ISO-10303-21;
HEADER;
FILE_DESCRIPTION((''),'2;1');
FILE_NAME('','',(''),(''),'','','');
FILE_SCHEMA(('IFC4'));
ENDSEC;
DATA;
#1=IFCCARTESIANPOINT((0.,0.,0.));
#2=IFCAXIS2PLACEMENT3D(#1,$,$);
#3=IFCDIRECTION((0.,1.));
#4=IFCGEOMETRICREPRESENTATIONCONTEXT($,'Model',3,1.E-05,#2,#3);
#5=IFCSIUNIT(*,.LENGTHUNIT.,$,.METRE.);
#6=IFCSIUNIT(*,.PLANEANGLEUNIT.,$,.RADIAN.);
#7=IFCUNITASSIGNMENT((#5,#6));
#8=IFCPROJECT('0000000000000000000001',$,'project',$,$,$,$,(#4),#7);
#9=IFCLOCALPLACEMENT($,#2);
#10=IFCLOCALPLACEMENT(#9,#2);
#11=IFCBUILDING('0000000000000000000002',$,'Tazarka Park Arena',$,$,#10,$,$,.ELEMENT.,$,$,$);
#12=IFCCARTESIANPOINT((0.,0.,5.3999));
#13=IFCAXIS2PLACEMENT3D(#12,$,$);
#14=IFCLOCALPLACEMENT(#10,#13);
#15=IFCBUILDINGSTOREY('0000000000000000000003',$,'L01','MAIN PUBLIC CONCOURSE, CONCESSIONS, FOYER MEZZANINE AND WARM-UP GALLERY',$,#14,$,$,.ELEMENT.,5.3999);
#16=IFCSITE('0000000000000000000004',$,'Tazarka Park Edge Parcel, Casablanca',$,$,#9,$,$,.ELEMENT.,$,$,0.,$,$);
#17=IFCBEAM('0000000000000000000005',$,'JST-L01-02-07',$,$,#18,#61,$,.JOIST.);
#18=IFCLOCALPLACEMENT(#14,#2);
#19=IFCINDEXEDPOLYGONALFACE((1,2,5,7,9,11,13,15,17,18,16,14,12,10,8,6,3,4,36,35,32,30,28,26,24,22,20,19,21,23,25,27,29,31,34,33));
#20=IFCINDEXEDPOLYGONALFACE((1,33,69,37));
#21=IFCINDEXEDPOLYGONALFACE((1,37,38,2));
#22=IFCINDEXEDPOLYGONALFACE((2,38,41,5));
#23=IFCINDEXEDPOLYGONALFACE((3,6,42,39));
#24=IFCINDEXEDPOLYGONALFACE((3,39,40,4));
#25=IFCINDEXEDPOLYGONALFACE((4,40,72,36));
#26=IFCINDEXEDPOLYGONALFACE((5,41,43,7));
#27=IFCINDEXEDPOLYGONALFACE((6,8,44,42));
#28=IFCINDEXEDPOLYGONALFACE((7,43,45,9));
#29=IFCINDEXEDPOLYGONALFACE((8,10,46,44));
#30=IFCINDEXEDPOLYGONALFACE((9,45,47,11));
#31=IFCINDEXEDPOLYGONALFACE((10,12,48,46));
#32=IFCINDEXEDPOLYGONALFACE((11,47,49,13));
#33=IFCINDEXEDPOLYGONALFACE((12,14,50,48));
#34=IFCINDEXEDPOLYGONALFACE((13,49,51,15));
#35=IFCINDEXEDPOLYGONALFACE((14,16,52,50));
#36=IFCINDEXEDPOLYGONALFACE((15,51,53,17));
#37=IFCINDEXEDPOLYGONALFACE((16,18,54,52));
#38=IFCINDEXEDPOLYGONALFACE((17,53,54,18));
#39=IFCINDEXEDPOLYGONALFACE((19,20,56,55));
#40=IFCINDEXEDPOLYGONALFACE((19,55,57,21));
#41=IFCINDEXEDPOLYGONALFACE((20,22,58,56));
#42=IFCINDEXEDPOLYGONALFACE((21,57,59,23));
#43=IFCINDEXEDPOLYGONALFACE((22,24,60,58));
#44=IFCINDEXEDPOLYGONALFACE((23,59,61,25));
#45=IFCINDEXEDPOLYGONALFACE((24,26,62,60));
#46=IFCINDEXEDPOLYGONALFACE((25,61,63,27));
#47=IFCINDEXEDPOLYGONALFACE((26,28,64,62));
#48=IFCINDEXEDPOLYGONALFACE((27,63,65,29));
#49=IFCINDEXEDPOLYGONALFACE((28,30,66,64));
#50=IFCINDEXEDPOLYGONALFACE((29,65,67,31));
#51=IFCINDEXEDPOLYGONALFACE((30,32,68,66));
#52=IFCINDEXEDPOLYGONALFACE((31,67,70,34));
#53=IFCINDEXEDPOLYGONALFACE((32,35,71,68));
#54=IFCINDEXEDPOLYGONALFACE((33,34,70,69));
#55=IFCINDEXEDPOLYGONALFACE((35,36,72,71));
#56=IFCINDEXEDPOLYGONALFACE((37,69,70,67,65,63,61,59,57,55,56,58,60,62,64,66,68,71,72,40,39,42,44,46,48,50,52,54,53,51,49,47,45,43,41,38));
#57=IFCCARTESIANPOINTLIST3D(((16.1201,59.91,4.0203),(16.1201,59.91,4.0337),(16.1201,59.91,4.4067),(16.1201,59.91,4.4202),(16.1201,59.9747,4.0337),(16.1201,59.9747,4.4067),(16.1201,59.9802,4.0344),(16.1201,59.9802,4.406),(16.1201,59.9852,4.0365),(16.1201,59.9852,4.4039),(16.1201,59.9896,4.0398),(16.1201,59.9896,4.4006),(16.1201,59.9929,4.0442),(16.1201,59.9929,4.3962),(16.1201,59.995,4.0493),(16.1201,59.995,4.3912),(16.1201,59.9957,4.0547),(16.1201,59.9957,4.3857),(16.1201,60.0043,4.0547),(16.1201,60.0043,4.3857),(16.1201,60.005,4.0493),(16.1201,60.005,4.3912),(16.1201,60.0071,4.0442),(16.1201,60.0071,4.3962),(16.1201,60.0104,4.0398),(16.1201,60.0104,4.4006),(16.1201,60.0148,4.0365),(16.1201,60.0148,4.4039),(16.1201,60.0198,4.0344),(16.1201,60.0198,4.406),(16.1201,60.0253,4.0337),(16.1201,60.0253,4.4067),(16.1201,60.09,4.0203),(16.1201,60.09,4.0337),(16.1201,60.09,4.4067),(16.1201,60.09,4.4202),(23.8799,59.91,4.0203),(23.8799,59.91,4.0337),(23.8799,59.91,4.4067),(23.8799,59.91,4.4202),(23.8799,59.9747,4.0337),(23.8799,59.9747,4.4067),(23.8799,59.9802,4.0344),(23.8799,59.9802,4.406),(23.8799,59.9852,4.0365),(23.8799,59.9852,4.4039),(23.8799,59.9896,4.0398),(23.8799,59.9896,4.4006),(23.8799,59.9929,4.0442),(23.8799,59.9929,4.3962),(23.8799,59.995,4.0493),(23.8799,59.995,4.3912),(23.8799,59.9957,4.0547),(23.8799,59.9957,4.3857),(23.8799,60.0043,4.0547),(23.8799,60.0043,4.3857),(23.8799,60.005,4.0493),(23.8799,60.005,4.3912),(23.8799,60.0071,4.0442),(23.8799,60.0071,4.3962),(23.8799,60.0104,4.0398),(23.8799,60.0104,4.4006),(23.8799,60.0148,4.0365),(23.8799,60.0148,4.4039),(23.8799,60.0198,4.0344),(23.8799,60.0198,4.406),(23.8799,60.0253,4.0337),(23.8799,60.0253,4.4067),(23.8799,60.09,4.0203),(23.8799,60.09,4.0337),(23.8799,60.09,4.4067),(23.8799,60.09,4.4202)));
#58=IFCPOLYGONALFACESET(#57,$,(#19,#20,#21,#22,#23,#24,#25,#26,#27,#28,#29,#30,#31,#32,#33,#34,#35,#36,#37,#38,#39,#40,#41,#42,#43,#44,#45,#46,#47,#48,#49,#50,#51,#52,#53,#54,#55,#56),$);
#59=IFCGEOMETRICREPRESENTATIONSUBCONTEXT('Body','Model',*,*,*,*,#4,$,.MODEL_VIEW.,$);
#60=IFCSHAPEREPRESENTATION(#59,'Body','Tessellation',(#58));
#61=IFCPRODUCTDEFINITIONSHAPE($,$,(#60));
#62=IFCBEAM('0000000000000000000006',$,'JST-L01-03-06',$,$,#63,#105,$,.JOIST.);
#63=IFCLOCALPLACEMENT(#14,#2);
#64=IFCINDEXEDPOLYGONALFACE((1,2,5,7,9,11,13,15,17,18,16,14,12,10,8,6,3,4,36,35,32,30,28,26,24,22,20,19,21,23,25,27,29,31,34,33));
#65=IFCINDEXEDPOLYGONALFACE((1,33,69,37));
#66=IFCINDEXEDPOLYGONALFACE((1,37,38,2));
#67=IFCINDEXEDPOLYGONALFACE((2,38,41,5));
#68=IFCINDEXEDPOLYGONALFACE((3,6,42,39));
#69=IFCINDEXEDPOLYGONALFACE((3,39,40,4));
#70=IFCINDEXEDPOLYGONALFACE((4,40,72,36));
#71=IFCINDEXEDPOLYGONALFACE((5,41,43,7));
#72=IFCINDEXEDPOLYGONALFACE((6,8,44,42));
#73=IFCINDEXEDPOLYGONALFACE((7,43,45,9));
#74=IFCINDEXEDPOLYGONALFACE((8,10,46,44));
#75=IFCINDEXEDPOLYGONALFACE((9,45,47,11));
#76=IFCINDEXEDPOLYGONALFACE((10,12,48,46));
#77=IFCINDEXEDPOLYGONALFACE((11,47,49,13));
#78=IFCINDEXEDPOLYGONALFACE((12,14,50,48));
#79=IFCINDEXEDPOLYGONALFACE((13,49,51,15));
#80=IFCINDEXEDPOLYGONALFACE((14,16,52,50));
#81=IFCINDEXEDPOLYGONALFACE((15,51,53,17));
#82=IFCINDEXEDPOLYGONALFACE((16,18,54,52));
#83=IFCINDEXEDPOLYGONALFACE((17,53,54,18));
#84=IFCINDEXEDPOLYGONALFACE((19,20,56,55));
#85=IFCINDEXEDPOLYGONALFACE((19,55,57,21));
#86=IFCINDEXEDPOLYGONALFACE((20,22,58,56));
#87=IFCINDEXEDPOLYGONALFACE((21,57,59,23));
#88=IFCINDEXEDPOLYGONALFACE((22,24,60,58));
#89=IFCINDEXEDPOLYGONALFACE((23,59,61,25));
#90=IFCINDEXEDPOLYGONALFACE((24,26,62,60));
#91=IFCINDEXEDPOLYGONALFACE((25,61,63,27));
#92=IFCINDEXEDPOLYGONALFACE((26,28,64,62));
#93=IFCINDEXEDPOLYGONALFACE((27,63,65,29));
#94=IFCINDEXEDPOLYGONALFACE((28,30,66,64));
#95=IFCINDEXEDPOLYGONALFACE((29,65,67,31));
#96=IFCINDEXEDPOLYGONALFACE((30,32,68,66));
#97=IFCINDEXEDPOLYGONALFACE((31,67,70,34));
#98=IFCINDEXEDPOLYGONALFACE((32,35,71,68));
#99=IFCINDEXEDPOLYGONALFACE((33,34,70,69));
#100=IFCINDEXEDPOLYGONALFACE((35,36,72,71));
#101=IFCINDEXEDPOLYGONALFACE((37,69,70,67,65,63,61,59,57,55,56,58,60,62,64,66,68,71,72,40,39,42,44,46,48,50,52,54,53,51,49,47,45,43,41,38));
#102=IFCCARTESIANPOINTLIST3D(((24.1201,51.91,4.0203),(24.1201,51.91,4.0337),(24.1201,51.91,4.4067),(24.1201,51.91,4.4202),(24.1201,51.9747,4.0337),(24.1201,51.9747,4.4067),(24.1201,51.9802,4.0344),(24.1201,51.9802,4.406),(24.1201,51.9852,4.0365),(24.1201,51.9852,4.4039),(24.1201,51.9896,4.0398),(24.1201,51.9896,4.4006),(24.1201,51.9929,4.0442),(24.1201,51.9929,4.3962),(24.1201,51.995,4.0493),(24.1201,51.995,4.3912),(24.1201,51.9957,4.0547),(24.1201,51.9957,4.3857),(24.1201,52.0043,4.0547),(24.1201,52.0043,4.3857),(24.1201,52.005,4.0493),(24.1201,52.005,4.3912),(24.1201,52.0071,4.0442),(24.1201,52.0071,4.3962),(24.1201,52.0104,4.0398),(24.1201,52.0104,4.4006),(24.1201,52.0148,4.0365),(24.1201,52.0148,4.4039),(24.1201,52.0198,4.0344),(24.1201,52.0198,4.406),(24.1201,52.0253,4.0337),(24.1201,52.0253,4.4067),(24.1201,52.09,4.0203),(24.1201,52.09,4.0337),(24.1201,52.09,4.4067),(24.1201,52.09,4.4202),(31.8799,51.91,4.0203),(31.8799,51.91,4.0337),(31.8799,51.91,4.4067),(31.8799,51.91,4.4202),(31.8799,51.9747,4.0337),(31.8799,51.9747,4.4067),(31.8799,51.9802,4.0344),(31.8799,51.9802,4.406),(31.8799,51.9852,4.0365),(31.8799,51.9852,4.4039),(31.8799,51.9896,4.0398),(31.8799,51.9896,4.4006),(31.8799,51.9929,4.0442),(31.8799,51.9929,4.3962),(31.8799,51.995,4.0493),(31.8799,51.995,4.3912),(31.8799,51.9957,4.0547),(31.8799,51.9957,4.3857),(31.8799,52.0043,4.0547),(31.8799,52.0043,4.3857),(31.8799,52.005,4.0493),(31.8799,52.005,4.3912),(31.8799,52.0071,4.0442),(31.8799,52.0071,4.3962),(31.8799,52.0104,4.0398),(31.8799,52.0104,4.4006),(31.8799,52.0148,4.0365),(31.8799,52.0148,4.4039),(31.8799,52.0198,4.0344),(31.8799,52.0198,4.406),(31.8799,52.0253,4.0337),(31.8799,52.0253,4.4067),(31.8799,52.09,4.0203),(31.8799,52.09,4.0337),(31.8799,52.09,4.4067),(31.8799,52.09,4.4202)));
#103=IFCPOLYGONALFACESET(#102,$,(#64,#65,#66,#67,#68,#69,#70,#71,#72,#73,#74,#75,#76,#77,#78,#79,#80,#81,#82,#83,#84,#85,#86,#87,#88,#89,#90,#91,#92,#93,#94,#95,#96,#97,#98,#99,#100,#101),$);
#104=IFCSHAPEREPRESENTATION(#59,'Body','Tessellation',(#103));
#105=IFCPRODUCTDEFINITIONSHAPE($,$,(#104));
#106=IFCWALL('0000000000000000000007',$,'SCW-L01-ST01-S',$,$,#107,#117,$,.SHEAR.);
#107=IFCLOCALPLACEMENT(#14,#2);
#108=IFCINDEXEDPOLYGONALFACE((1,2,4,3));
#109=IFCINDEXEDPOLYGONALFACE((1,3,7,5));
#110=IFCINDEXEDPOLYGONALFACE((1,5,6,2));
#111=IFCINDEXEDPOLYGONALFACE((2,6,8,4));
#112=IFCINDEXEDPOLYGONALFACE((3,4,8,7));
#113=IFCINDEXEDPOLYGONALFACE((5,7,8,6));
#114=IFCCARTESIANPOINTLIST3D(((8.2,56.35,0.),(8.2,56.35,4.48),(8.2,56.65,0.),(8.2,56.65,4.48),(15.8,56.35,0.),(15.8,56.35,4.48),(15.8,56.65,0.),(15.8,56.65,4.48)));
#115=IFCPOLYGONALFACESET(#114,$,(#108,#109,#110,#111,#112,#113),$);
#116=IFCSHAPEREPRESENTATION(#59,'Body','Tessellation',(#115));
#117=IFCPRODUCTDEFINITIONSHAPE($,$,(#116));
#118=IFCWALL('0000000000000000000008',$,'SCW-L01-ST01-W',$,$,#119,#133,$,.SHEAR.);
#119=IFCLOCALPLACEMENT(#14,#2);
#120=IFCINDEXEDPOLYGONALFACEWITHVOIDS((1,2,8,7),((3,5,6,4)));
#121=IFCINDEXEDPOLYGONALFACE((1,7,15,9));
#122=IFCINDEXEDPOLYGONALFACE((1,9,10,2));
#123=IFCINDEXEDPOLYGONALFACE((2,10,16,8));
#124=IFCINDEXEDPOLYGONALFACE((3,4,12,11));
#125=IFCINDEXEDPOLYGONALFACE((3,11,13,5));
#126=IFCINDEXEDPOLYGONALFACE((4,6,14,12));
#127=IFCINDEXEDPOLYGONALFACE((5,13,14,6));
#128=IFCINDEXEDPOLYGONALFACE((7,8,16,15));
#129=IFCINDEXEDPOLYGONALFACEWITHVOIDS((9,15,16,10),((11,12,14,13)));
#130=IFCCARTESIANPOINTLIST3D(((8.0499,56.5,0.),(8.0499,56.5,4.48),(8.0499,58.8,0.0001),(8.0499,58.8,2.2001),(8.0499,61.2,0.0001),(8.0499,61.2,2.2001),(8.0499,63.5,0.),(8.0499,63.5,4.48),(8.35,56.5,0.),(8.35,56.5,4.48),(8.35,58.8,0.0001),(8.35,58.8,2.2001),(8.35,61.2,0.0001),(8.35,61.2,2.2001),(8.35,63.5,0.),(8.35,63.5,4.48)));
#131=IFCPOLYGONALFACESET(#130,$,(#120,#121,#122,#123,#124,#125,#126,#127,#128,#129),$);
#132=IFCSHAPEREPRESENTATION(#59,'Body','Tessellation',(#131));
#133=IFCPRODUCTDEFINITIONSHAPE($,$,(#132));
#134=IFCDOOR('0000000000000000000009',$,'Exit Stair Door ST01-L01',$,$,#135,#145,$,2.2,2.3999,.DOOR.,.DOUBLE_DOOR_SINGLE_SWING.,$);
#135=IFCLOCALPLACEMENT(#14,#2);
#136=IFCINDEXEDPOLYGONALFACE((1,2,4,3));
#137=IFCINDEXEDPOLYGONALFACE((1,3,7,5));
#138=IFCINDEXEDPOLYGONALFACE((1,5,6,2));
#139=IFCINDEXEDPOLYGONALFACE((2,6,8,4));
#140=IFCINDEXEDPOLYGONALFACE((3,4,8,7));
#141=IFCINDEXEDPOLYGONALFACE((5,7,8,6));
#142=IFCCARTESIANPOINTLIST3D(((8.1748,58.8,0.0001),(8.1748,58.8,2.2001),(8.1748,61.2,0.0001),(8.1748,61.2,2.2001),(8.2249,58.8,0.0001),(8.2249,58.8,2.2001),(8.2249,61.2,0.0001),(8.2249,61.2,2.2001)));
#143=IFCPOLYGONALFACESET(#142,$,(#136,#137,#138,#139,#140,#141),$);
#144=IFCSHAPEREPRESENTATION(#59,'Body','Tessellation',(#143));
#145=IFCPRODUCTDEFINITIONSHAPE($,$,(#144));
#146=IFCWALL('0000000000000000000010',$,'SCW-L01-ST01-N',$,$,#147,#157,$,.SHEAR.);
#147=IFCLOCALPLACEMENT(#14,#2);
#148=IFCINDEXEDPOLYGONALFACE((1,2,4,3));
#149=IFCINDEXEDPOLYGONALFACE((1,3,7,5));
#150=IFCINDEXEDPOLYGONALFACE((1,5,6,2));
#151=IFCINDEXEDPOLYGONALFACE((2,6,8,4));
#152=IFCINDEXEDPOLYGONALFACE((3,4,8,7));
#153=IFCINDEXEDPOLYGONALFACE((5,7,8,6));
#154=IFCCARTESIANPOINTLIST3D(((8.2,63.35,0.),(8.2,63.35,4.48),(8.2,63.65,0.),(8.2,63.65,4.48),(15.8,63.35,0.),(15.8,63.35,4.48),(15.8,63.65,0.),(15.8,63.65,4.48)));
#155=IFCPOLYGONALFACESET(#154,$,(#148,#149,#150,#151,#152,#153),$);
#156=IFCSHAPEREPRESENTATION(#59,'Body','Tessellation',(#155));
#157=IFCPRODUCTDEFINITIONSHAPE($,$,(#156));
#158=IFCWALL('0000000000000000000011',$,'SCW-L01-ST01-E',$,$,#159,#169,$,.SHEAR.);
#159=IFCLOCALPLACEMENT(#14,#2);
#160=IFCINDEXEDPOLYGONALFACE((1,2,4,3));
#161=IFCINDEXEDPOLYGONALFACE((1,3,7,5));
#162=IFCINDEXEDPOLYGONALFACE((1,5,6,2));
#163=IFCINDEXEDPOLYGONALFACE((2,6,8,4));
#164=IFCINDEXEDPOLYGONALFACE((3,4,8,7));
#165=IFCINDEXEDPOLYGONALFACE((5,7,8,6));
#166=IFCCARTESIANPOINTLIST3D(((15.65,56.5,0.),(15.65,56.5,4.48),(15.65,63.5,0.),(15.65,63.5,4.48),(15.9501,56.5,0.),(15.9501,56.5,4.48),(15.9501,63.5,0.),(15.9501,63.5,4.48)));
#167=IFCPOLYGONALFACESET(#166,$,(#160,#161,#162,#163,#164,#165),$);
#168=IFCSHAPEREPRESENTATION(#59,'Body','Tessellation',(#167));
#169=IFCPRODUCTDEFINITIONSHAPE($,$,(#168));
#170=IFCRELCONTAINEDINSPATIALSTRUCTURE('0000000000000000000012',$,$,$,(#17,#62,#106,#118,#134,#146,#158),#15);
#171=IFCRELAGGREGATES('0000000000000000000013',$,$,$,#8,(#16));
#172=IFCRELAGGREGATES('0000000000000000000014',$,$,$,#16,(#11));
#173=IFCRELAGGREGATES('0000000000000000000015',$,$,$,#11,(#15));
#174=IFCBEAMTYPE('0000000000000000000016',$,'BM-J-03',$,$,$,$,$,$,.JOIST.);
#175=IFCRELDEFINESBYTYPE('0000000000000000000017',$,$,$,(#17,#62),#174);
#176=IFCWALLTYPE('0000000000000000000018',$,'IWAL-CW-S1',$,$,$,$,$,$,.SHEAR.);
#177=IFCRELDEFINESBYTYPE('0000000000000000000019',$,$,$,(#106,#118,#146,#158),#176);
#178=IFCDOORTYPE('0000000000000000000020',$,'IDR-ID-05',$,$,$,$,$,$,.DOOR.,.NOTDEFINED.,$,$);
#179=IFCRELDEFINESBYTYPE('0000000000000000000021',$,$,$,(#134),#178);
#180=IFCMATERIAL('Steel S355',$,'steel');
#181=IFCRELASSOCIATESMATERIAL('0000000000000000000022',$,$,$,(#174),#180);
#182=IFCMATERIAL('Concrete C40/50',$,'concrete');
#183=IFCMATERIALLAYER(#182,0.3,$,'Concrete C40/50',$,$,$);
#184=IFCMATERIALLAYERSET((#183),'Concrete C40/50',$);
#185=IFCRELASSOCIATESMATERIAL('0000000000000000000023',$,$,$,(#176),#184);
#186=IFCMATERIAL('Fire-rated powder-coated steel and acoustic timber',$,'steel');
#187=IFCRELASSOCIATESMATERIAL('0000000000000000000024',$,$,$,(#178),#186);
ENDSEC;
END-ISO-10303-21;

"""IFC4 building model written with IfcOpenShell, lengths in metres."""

from ifc_helpers import new_model, si_unit, direction, frame, frame_2d, origin, origin_2d, place, context, subcontext, project, spatial, rectangle, i_section, extrude, material, layer, layer_set, material_profile, profile_set, type_object, element, fill, save


model = new_model("IFC4")

# Units and contexts
model_context = context("Model", 3, precision=1e-05, world=origin(), true_north=direction((0.0, 1.0)))
body_context = subcontext(model_context, "Body", "Model", "MODEL_VIEW")
ifc_project = project(units=[si_unit("LENGTHUNIT", "METRE"), si_unit("PLANEANGLEUNIT", "RADIAN")], contexts=[model_context])

# Site, building, storey
site_placement = place(None, origin())
site = spatial("IfcSite", under=ifc_project, at=site_placement, Name="Tazarka Park Edge Parcel, Casablanca", CompositionType="ELEMENT", RefElevation=0.0)
building_placement = place(site_placement, origin())
building = spatial("IfcBuilding", under=site, at=building_placement, Name="Tazarka Park Arena", CompositionType="ELEMENT")
storey_placement = place(building_placement, frame((0.0, 0.0, 5.3999)))
storey = spatial("IfcBuildingStorey", under=building, at=storey_placement, Name="L01", Description="MAIN PUBLIC CONCOURSE, CONCESSIONS, FOYER MEZZANINE AND WARM-UP GALLERY", CompositionType="ELEMENT", Elevation=5.3999)

# Beams
ifc_material_1 = material(Name="Steel S355", Category="steel")
ifc_material_profile_1 = material_profile(ifc_material_1, i_section(OverallWidth=0.1799, OverallDepth=0.3999, WebThickness=0.0085, FlangeThickness=0.0134, FilletRadius=0.021, at=origin_2d()), Name="Steel S355")
ifc_profile_set_1 = profile_set([ifc_material_profile_1], Name="Steel S355")
beam_type_1 = type_object("IfcBeamType", Name="BM-J-03", PredefinedType="JOIST", material=ifc_profile_set_1)
for number, where, z_axis, x_axis, name in (
    (1, (16.1201, 60.0, 4.2202), (1.0, 0.0, 0.0), (0.0, 1.0, 0.0), "JST-L01-02-07"),
    (2, (24.1201, 52.0, 4.2202), (1.0, 0.0, 0.0), (0.0, 1.0, 0.0), "JST-L01-03-06"),
):
    element("IfcBeam", number, at=place(storey_placement, frame(where, z_axis=z_axis, x_axis=x_axis)), inside=storey, type_object=beam_type_1, Name=name, PredefinedType="JOIST", context=body_context, shape_type="SweptSolid", body=[
        extrude(i_section(OverallWidth=0.1799, OverallDepth=0.3999, WebThickness=0.0085, FlangeThickness=0.0134, FilletRadius=0.021, at=origin_2d()), origin(), (0.0, 0.0, 1.0), 7.7598),
    ])

# Wall
ifc_material_2 = material(Name="Concrete C40/50", Category="concrete")
ifc_layer_1 = layer(ifc_material_2, 0.3, Name="Concrete C40/50")
ifc_layer_set_1 = layer_set([ifc_layer_1], Name="Concrete C40/50")
wall_type_1 = type_object("IfcWallType", Name="IWAL-CW-S1", PredefinedType="SHEAR", material=ifc_layer_set_1)
wall_1_placement = place(storey_placement, frame((15.8, 56.5, 0.0), z_axis=(0.0, 0.0, 1.0), x_axis=(-1.0, 0.0, 0.0)))
element("IfcWall", 3, at=wall_1_placement, inside=storey, type_object=wall_type_1, Name="SCW-L01-ST01-S", PredefinedType="SHEAR", context=body_context, shape_type="SweptSolid", body=[
    extrude(rectangle(XDim=7.6001, YDim=0.3, at=frame_2d((3.8, 0.0))), origin(), (0.0, 0.0, 1.0), 4.48),
])

# Wall, opening, door
wall_2_placement = place(storey_placement, frame((8.2, 56.5, 0.0), z_axis=(0.0, 0.0, 1.0), x_axis=(0.0, 1.0, 0.0)))
wall_2 = element("IfcWall", 4, at=wall_2_placement, inside=storey, type_object=wall_type_1, Name="SCW-L01-ST01-W", PredefinedType="SHEAR", context=body_context, shape_type="SweptSolid", body=[
    extrude(rectangle(XDim=7.0, YDim=0.3, at=frame_2d((3.5, 0.0))), origin(), (0.0, 0.0, 1.0), 4.48),
])
opening_1_placement = place(wall_2_placement, frame((2.3, 0.0, 0.0)))
opening_1 = element("IfcOpeningElement", 5, at=opening_1_placement, cuts=wall_2, PredefinedType="OPENING", context=body_context, shape_type="SweptSolid", body=[
    extrude(rectangle(XDim=2.3999, YDim=2.2, at=frame_2d((1.2, 1.1001))), frame((0.0, 0.1602, 0.0), z_axis=(0.0, -1.0, 0.0), x_axis=(1.0, 0.0, 0.0)), (0.0, 0.0, 1.0), 0.3201),
])
ifc_material_3 = material(Name="Fire-rated powder-coated steel and acoustic timber", Category="steel")
door_type_1 = type_object("IfcDoorType", Name="IDR-ID-05", OperationType="NOTDEFINED", PredefinedType="DOOR", material=ifc_material_3)
door_1_placement = place(opening_1_placement, frame((2.3999, 0.0, 0.0), z_axis=(0.0, 0.0, 1.0), x_axis=(-1.0, 0.0, 0.0)))
door_1 = element("IfcDoor", 6, at=door_1_placement, inside=storey, type_object=door_type_1, Name="Exit Stair Door ST01-L01", OperationType="DOUBLE_DOOR_SINGLE_SWING", OverallHeight=2.2, OverallWidth=2.3999, PredefinedType="DOOR", context=body_context, shape_type="SweptSolid", body=[
    extrude(rectangle(XDim=2.3999, YDim=2.2, at=frame_2d((1.2, 1.1001))), frame((0.0, 0.0249, 0.0), z_axis=(0.0, -1.0, 0.0), x_axis=(1.0, 0.0, 0.0)), (0.0, 0.0, 1.0), 0.05),
])
fill(opening_1, door_1)

# Walls
wall_3_placement = place(storey_placement, frame((8.2, 63.5, 0.0), z_axis=(0.0, 0.0, 1.0), x_axis=(1.0, 0.0, 0.0)))
element("IfcWall", 7, at=wall_3_placement, inside=storey, type_object=wall_type_1, Name="SCW-L01-ST01-N", PredefinedType="SHEAR", context=body_context, shape_type="SweptSolid", body=[
    extrude(rectangle(XDim=7.6001, YDim=0.3, at=frame_2d((3.8, 0.0))), origin(), (0.0, 0.0, 1.0), 4.48),
])
wall_4_placement = place(storey_placement, frame((15.8, 63.5, 0.0), z_axis=(0.0, 0.0, 1.0), x_axis=(0.0, -1.0, 0.0)))
element("IfcWall", 8, at=wall_4_placement, inside=storey, type_object=wall_type_1, Name="SCW-L01-ST01-E", PredefinedType="SHEAR", context=body_context, shape_type="SweptSolid", body=[
    extrude(rectangle(XDim=7.0, YDim=0.3, at=frame_2d((3.5, 0.0))), origin(), (0.0, 0.0, 1.0), 4.48),
])

save(model, "model.ifc")
